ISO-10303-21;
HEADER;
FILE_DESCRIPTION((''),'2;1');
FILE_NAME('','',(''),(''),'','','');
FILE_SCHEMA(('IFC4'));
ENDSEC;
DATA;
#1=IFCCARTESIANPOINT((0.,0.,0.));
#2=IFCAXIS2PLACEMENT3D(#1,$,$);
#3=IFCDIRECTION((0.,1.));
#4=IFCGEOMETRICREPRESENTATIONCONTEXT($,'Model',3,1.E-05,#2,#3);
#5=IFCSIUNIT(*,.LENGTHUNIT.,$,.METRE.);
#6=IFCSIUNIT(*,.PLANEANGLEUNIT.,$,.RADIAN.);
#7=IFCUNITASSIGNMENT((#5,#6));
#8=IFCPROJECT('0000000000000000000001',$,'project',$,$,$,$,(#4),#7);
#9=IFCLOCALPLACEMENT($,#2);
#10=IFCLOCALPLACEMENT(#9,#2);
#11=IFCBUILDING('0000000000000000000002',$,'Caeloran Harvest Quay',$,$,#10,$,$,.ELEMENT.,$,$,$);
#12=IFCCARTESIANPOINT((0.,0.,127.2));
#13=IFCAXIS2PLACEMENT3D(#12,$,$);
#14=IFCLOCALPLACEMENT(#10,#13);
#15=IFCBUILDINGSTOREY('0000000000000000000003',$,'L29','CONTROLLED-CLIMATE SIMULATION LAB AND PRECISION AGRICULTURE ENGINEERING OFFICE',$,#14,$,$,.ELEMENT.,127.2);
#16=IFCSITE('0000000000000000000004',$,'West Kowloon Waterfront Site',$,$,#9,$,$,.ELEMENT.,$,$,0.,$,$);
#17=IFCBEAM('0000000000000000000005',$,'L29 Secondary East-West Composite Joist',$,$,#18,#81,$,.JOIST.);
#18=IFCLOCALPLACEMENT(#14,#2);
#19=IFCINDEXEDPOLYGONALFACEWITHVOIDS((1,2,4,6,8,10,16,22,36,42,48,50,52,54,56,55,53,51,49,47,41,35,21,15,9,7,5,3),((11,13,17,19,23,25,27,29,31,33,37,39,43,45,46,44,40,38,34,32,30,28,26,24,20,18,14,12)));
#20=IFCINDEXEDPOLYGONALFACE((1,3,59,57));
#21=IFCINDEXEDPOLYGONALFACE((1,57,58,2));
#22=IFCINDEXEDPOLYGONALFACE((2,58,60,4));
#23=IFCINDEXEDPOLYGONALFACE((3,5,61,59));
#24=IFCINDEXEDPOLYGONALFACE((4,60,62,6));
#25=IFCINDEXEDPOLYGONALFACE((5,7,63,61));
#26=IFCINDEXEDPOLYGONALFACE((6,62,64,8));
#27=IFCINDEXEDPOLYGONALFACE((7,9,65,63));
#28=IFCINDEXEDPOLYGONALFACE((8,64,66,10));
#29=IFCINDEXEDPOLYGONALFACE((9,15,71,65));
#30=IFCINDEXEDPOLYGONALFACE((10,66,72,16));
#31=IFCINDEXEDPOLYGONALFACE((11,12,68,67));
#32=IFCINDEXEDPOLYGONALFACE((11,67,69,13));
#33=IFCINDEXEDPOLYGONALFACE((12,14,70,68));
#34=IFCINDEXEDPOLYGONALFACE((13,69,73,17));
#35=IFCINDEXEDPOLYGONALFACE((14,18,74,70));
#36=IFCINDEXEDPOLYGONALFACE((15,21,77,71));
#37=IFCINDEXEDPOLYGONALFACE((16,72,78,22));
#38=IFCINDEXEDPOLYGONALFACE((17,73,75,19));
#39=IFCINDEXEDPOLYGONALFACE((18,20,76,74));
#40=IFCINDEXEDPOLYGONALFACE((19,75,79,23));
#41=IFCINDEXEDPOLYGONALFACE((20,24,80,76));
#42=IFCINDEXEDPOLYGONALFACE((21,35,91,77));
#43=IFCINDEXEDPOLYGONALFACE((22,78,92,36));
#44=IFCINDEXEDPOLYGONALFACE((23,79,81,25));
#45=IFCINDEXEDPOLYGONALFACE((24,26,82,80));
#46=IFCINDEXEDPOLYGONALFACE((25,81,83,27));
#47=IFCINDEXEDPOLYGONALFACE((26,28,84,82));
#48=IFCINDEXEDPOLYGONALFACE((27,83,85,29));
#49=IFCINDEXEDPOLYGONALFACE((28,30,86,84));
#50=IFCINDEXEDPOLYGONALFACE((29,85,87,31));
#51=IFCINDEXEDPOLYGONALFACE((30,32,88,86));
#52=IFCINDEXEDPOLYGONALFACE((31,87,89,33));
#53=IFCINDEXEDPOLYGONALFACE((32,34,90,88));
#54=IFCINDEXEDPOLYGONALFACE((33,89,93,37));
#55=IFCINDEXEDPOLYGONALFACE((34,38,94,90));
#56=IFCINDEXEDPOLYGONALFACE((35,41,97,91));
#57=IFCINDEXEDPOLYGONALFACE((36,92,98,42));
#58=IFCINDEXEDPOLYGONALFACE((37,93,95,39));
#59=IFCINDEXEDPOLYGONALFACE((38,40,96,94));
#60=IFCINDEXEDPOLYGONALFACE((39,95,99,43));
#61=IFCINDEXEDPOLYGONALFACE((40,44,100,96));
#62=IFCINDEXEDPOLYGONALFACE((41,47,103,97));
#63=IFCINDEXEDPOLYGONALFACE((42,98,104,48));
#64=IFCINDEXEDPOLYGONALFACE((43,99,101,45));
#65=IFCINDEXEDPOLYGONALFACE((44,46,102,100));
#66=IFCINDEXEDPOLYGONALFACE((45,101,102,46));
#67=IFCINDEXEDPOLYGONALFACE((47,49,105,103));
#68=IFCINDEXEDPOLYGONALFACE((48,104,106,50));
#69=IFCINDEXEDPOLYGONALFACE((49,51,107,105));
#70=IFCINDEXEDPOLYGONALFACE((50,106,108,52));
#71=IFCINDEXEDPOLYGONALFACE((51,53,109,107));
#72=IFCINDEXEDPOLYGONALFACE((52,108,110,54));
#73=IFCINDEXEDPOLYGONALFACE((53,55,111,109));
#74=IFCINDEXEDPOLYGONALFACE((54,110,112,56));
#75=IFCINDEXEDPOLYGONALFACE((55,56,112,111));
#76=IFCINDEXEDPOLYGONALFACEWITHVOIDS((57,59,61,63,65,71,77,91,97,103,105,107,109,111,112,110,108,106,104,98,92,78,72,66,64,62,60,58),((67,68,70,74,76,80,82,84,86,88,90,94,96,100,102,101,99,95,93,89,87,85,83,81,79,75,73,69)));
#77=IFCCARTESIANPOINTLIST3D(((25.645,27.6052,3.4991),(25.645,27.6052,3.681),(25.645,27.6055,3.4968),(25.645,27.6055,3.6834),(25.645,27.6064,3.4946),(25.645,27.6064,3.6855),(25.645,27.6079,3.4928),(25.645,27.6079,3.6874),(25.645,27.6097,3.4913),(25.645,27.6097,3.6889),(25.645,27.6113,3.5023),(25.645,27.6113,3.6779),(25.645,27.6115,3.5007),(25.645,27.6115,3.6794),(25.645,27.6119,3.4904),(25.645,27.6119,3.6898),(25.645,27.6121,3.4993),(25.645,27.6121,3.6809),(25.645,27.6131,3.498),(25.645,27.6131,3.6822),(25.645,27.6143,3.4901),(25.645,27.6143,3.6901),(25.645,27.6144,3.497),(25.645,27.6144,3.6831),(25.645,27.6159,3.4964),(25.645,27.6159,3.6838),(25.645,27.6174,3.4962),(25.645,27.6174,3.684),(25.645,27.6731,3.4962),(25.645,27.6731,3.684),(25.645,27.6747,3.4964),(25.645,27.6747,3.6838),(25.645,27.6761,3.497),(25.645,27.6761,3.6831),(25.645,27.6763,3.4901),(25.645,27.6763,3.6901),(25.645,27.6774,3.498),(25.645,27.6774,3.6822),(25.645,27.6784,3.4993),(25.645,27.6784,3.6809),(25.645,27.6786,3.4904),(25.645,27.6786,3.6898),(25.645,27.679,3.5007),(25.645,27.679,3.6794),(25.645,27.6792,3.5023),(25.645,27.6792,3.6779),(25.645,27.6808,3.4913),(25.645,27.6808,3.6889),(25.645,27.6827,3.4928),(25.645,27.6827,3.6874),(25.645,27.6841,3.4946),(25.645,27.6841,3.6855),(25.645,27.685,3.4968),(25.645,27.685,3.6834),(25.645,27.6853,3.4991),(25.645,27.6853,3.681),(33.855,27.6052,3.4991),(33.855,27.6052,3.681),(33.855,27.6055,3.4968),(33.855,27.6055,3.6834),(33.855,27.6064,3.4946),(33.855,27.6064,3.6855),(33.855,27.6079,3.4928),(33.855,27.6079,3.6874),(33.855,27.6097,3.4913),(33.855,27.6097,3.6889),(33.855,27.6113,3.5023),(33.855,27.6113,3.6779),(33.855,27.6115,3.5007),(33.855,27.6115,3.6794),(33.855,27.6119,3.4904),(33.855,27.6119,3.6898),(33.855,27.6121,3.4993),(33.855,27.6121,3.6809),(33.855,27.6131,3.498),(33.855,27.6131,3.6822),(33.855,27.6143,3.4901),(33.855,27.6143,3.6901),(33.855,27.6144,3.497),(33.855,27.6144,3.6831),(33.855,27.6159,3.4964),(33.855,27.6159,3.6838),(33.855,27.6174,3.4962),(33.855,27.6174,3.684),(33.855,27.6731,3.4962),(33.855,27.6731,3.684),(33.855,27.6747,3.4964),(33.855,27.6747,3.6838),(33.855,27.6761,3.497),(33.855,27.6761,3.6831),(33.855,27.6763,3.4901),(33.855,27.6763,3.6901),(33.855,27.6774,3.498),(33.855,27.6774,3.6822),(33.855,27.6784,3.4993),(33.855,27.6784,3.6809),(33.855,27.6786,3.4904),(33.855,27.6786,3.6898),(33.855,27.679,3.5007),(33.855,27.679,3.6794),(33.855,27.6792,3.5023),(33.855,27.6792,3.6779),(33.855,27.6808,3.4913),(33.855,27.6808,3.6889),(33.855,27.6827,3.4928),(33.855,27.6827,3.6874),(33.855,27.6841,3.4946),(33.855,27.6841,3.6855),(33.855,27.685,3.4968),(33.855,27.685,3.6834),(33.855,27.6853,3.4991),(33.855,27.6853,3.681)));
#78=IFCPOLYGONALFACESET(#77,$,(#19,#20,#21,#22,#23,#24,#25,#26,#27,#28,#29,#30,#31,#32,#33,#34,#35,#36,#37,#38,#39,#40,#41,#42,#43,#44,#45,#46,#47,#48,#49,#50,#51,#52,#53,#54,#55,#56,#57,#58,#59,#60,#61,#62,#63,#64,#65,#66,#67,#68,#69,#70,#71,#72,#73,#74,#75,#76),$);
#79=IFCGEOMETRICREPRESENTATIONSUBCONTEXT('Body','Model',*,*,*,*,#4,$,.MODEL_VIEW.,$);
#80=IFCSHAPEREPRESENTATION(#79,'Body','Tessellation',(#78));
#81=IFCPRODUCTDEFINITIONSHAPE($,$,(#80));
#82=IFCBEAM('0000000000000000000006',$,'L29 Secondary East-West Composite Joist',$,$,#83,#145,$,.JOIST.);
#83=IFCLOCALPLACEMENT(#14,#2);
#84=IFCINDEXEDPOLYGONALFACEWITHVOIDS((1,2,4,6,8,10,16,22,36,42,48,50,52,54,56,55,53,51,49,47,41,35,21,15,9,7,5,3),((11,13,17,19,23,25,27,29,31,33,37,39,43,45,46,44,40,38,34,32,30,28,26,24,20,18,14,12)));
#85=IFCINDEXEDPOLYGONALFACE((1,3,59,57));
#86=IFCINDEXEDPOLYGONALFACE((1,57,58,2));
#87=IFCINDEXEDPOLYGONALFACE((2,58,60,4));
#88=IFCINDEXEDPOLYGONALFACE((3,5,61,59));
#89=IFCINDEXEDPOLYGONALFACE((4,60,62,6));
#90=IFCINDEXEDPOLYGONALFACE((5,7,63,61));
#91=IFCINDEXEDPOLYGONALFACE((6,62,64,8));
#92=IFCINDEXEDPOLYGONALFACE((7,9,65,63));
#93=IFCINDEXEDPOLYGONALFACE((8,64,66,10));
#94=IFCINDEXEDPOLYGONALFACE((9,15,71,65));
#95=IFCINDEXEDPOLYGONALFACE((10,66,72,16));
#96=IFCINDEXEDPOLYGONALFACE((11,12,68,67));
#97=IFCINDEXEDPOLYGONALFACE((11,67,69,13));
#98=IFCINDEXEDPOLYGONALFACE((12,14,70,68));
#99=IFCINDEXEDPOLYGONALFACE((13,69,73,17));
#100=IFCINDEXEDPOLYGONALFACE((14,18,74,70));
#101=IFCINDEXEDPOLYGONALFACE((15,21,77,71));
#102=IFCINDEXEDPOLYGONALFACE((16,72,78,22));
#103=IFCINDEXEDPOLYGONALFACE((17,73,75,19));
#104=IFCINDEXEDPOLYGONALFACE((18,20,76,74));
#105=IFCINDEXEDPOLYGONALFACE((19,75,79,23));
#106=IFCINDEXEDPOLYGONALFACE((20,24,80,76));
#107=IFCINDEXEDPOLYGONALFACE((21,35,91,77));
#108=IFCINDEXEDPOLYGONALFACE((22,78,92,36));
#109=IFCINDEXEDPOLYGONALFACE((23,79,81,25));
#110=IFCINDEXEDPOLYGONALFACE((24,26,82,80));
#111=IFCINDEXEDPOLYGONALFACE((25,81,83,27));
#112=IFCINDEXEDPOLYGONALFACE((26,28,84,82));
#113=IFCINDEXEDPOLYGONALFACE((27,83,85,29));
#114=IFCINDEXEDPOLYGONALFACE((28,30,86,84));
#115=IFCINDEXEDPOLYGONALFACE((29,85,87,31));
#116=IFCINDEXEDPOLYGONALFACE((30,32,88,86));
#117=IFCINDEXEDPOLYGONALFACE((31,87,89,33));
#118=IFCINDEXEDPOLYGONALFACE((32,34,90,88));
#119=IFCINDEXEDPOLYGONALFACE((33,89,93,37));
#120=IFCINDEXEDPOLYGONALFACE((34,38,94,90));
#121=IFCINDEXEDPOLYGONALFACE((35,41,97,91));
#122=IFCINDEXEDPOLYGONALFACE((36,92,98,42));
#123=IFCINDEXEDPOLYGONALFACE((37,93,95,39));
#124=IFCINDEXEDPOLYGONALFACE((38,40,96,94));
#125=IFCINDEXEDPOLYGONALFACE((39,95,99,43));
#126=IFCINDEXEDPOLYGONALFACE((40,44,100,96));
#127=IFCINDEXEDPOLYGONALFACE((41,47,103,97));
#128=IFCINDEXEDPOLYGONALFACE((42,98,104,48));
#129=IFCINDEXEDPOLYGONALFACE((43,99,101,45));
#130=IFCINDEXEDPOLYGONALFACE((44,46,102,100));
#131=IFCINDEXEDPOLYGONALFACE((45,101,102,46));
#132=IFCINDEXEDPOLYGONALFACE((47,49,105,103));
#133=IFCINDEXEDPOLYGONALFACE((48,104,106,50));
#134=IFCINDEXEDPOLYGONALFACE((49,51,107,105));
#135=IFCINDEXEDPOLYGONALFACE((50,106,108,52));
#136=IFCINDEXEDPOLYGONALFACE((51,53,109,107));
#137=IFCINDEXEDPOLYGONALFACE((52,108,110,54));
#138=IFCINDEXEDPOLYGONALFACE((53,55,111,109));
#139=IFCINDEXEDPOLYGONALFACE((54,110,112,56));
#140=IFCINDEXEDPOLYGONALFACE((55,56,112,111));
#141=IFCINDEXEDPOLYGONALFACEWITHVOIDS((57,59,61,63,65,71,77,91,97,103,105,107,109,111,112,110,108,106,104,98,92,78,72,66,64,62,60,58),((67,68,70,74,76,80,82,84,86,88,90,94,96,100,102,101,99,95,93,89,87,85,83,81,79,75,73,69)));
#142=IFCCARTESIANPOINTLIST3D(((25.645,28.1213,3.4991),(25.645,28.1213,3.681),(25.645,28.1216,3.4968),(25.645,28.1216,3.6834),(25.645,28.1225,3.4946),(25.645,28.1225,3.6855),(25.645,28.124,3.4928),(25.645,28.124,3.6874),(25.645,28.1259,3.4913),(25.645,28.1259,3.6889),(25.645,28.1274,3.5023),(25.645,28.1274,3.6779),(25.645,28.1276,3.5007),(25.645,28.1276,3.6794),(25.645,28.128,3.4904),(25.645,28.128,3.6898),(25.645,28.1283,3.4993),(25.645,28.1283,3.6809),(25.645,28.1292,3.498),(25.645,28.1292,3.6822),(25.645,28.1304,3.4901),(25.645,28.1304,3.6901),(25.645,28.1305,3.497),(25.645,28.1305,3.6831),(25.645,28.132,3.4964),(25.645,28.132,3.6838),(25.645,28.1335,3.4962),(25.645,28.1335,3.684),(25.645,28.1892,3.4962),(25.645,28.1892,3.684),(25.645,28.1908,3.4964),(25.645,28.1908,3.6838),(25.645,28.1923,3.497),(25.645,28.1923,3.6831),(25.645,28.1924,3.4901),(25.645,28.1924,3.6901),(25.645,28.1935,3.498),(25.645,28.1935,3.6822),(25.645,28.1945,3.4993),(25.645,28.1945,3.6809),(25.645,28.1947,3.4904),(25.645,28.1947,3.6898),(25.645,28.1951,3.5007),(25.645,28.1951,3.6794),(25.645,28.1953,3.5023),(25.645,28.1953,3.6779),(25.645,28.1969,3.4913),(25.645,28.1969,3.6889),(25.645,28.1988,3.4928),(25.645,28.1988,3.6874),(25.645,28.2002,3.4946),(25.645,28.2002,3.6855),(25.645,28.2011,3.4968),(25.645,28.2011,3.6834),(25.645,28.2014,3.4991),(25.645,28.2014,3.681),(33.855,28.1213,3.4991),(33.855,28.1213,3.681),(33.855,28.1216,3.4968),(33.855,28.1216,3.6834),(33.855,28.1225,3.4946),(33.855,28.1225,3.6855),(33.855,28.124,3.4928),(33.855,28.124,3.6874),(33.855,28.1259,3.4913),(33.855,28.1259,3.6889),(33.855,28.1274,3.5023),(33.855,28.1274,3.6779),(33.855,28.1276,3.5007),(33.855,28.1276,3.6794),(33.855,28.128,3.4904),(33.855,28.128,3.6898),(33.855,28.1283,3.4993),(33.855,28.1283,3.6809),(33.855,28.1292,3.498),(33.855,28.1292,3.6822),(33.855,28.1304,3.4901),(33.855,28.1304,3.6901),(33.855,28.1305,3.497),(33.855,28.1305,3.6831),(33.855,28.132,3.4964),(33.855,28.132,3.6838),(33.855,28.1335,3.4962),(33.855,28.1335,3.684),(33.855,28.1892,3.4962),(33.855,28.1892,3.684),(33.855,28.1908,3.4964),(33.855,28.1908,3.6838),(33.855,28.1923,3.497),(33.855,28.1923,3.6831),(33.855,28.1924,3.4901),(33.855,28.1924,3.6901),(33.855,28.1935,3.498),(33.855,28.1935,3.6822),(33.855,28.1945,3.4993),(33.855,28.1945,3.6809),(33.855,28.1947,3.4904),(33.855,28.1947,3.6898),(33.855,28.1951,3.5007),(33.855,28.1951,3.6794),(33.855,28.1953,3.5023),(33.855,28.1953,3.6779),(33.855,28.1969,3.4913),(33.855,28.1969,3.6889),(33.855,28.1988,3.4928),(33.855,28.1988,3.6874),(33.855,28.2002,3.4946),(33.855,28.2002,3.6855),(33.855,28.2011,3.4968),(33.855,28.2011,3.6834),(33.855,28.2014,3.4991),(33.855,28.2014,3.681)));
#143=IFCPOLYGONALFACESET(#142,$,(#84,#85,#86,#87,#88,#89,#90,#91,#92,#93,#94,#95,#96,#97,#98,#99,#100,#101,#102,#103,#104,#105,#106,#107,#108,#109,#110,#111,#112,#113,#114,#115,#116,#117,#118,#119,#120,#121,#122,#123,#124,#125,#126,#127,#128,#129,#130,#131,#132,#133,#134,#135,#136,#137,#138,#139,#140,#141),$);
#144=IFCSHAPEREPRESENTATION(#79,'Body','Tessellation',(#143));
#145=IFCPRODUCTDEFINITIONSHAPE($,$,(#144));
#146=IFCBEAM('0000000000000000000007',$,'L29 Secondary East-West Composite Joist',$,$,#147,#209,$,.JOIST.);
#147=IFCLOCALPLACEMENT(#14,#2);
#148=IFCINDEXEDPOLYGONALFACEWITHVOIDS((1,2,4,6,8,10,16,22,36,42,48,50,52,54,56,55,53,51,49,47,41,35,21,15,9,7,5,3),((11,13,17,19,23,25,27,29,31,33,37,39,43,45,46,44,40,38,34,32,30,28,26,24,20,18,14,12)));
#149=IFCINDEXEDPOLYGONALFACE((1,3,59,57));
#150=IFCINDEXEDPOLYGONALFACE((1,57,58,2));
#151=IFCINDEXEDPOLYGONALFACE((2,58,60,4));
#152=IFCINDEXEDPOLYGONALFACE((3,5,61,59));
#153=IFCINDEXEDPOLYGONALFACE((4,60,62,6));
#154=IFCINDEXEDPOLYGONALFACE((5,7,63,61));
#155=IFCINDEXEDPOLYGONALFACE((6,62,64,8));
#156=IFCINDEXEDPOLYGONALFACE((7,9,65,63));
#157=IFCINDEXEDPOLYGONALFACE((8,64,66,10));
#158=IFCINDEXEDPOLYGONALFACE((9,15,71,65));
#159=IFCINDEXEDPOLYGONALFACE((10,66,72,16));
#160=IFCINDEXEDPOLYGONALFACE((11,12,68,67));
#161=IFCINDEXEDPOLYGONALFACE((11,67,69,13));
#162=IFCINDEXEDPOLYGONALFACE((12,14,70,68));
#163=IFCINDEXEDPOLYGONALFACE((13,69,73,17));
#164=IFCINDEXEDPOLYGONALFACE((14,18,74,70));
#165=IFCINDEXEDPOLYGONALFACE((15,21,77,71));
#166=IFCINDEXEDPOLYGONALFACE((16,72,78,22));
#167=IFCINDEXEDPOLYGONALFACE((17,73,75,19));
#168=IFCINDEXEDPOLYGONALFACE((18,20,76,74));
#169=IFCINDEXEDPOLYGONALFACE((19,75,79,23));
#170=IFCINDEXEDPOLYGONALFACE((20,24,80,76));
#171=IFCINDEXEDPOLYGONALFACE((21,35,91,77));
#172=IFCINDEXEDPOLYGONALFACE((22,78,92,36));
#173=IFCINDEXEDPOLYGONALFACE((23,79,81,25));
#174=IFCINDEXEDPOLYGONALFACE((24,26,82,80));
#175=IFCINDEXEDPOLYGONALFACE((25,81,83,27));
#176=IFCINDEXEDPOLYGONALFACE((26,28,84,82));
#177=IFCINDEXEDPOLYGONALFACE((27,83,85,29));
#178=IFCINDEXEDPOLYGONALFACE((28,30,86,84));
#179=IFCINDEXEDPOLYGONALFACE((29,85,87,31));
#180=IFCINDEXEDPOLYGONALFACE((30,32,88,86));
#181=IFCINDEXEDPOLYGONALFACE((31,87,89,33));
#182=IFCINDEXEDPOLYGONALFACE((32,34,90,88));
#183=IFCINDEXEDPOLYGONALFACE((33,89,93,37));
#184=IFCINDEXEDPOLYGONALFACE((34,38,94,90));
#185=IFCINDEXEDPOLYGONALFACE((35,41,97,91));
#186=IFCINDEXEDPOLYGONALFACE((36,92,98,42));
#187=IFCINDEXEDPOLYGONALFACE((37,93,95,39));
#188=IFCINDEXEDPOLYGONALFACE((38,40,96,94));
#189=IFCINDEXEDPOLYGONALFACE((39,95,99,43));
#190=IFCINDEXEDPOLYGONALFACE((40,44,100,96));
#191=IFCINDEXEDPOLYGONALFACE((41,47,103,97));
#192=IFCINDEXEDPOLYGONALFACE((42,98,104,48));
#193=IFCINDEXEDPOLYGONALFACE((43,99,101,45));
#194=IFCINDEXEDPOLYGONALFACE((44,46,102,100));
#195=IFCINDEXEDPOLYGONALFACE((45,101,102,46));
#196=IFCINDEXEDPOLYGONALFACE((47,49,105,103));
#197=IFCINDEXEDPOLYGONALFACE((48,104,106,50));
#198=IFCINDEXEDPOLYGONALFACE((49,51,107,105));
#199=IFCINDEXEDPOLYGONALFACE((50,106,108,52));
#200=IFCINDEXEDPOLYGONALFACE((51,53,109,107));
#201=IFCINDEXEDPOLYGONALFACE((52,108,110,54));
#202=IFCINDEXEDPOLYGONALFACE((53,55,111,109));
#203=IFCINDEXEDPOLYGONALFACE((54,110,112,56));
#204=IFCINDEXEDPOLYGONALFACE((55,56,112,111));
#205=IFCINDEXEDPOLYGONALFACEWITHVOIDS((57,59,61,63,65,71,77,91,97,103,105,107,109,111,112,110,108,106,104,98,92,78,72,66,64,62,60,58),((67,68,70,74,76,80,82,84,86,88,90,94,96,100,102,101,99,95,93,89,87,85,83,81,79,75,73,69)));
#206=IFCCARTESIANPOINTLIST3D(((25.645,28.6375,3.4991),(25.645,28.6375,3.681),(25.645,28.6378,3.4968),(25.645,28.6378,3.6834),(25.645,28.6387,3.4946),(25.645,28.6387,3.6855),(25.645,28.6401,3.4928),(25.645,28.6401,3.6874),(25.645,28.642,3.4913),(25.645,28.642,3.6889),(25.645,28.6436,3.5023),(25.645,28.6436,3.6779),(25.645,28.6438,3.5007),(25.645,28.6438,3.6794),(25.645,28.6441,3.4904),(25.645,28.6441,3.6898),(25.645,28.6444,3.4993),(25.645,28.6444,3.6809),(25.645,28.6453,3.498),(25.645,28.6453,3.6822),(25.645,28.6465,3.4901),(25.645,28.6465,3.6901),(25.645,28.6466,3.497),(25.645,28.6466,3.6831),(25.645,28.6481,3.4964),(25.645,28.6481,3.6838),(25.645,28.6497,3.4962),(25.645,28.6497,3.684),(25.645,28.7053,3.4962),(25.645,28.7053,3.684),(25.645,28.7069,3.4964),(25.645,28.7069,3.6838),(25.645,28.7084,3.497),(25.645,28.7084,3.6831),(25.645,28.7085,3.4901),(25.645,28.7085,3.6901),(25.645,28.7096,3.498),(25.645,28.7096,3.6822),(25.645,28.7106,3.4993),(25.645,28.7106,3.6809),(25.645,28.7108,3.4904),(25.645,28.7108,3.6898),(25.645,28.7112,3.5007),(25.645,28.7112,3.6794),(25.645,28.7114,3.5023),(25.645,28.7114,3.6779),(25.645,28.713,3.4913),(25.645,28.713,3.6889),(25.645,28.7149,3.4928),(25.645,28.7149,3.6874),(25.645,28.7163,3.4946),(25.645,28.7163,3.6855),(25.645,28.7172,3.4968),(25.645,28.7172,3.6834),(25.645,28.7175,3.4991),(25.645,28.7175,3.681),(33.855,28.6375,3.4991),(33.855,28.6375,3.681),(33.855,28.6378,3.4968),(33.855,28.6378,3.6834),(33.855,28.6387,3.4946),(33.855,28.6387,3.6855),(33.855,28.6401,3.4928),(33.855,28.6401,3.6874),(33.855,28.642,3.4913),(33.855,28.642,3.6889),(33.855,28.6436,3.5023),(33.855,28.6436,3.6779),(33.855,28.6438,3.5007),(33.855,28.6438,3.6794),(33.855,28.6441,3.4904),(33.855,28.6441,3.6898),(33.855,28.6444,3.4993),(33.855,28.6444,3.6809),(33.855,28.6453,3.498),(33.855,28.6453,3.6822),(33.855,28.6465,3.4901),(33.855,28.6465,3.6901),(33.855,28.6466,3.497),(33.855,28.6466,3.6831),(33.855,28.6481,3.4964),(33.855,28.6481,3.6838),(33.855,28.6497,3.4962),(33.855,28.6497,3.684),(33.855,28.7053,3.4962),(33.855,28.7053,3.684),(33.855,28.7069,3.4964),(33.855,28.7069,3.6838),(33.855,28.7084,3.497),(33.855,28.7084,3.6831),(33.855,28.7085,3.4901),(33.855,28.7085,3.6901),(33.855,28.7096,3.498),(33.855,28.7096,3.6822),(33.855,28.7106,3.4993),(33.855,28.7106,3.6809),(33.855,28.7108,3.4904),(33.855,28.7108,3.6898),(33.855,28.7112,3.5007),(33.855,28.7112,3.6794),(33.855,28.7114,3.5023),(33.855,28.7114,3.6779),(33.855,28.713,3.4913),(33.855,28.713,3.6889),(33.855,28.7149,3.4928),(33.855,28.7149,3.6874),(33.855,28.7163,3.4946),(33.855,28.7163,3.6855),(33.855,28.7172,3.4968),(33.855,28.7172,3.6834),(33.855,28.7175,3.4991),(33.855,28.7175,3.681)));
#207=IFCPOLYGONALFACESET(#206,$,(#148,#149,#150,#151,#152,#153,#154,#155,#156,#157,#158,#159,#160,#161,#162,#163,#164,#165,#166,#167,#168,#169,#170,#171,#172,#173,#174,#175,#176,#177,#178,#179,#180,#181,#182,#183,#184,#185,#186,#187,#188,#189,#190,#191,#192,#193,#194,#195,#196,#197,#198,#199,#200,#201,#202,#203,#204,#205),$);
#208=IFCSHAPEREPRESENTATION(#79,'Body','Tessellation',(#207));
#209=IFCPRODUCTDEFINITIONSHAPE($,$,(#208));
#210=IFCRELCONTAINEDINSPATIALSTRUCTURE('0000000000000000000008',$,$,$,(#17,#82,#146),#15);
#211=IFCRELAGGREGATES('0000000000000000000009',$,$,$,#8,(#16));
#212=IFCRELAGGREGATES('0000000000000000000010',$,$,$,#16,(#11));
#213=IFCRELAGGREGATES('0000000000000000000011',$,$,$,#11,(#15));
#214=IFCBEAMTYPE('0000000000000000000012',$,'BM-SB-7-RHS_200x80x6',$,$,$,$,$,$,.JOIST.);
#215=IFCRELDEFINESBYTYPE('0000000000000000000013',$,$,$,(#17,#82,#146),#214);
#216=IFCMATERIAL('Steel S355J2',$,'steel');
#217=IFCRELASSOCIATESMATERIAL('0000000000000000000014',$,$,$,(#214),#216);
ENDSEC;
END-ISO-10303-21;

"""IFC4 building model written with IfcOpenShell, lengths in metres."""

from ifc_helpers import new_model, si_unit, direction, frame, origin, origin_2d, place, context, subcontext, project, spatial, hollow_rectangle, extrude, material, material_profile, profile_set, type_object, element, save


model = new_model("IFC4")

# Units and contexts
model_context = context("Model", 3, precision=1e-05, world=origin(), true_north=direction((0.0, 1.0)))
body_context = subcontext(model_context, "Body", "Model", "MODEL_VIEW")
ifc_project = project(units=[si_unit("LENGTHUNIT", "METRE"), si_unit("PLANEANGLEUNIT", "RADIAN")], contexts=[model_context])

# Site, building, storey
site_placement = place(None, origin())
site = spatial("IfcSite", under=ifc_project, at=site_placement, Name="West Kowloon Waterfront Site", CompositionType="ELEMENT", RefElevation=0.0)
building_placement = place(site_placement, origin())
building = spatial("IfcBuilding", under=site, at=building_placement, Name="Caeloran Harvest Quay", CompositionType="ELEMENT")
storey_placement = place(building_placement, frame((0.0, 0.0, 127.2)))
storey = spatial("IfcBuildingStorey", under=building, at=storey_placement, Name="L29", Description="CONTROLLED-CLIMATE SIMULATION LAB AND PRECISION AGRICULTURE ENGINEERING OFFICE", CompositionType="ELEMENT", Elevation=127.2)

# Beams
ifc_material = material(Name="Steel S355J2", Category="steel")
ifc_material_profile_1 = material_profile(ifc_material, hollow_rectangle(XDim=0.0801, YDim=0.2, WallThickness=0.0061, InnerFilletRadius=0.0061, OuterFilletRadius=0.009, at=origin_2d()), Name="RHS 200x80x6")
ifc_profile_set_1 = profile_set([ifc_material_profile_1], Name="Steel S355J2")
beam_type_1 = type_object("IfcBeamType", Name="BM-SB-7-RHS_200x80x6", PredefinedType="JOIST", material=ifc_profile_set_1)
for number, where, z_axis, x_axis, name in (
    (1, (25.645, 27.6453, 3.5901), (1.0, 0.0, 0.0), (0.0, 1.0, 0.0), "L29 Secondary East-West Composite Joist"),
    (2, (25.645, 28.1614, 3.5901), (1.0, 0.0, 0.0), (0.0, 1.0, 0.0), "L29 Secondary East-West Composite Joist"),
    (3, (25.645, 28.6775, 3.5901), (1.0, 0.0, 0.0), (0.0, 1.0, 0.0), "L29 Secondary East-West Composite Joist"),
):
    element("IfcBeam", number, at=place(storey_placement, frame(where, z_axis=z_axis, x_axis=x_axis)), inside=storey, type_object=beam_type_1, Name=name, PredefinedType="JOIST", context=body_context, shape_type="SweptSolid", body=[
        extrude(hollow_rectangle(XDim=0.0801, YDim=0.2, WallThickness=0.0061, InnerFilletRadius=0.0061, OuterFilletRadius=0.009, at=origin_2d()), origin(), (0.0, 0.0, 1.0), 8.21),
    ])

save(model, "model.ifc")
